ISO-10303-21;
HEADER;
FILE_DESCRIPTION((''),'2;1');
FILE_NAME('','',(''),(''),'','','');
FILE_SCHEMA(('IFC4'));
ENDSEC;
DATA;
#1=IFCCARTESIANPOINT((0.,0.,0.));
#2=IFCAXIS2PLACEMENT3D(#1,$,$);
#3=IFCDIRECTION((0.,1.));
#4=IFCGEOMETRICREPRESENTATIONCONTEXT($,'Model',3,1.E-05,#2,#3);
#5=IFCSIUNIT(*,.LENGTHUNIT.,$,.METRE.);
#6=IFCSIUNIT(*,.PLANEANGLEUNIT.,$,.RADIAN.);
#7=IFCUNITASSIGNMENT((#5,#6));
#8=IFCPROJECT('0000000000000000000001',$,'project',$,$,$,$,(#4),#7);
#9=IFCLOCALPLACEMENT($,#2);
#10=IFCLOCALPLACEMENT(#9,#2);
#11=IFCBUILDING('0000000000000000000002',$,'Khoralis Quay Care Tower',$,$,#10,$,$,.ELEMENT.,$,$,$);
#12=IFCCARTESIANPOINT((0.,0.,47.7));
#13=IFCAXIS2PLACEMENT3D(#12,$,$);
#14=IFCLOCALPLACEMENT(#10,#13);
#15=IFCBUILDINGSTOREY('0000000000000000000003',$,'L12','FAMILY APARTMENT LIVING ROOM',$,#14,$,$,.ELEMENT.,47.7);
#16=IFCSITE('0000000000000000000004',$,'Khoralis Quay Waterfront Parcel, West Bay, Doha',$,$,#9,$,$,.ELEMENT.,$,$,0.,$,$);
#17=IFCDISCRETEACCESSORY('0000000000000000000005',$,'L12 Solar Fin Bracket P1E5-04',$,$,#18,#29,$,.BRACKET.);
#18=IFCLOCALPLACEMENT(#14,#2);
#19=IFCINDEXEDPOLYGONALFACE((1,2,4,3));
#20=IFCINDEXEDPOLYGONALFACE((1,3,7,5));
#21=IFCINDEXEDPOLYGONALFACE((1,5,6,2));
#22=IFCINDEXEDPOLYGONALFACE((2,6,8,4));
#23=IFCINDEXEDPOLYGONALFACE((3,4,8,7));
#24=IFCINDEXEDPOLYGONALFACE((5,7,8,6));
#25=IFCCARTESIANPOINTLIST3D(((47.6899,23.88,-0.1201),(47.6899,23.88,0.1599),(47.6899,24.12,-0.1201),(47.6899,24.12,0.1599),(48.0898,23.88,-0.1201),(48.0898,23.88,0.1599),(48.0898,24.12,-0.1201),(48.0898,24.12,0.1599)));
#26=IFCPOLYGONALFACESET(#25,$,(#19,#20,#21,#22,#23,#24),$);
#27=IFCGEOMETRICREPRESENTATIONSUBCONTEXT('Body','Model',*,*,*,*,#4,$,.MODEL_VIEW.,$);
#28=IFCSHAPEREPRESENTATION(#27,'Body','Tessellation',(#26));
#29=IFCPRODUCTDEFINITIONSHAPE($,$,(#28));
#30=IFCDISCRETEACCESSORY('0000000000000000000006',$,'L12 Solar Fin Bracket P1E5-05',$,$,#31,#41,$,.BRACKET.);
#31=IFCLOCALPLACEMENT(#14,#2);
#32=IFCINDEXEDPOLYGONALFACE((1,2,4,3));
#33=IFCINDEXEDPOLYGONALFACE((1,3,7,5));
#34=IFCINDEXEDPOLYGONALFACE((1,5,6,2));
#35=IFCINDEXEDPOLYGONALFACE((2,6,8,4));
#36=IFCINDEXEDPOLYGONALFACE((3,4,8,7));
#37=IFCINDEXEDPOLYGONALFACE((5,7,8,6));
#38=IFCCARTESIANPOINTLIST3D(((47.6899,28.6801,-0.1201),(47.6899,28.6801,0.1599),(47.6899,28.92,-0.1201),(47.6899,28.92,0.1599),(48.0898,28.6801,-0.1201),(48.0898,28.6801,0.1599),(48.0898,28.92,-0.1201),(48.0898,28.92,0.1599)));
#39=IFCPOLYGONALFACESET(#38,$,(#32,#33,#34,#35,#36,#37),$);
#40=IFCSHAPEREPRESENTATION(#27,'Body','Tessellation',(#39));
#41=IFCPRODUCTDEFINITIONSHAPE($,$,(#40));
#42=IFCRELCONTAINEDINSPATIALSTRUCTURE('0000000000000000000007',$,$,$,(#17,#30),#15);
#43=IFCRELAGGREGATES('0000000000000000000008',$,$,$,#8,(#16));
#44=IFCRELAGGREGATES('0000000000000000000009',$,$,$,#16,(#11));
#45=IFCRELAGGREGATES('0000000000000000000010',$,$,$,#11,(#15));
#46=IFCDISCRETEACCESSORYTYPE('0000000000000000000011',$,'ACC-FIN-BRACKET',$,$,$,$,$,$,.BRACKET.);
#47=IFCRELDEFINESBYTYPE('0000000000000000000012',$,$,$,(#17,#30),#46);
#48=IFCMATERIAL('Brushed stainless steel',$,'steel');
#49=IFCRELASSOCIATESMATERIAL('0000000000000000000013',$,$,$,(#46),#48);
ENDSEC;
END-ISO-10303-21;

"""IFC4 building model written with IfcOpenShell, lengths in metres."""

from ifc_helpers import new_model, si_unit, direction, frame, origin, origin_2d, place, context, subcontext, project, spatial, rectangle, extrude, source, transform, mapped, material, type_object, element, save


model = new_model("IFC4")

# Units and contexts
model_context = context("Model", 3, precision=1e-05, world=origin(), true_north=direction((0.0, 1.0)))
body_context = subcontext(model_context, "Body", "Model", "MODEL_VIEW")
ifc_project = project(units=[si_unit("LENGTHUNIT", "METRE"), si_unit("PLANEANGLEUNIT", "RADIAN")], contexts=[model_context])

# Site, building, storey
site_placement = place(None, origin())
site = spatial("IfcSite", under=ifc_project, at=site_placement, Name="Khoralis Quay Waterfront Parcel, West Bay, Doha", CompositionType="ELEMENT", RefElevation=0.0)
building_placement = place(site_placement, origin())
building = spatial("IfcBuilding", under=site, at=building_placement, Name="Khoralis Quay Care Tower", CompositionType="ELEMENT")
storey_placement = place(building_placement, frame((0.0, 0.0, 47.7)))
storey = spatial("IfcBuildingStorey", under=building, at=storey_placement, Name="L12", Description="FAMILY APARTMENT LIVING ROOM", CompositionType="ELEMENT", Elevation=47.7)

# Discrete accessories
ifc_material_1 = material(Name="Brushed stainless steel", Category="steel")
discrete_accessory_type = type_object("IfcDiscreteAccessoryType", Name="ACC-FIN-BRACKET", PredefinedType="BRACKET", material=ifc_material_1)
shared_shape_1 = source(origin(), body_context, "Body", "SweptSolid", [
    extrude(rectangle(XDim=0.3999, YDim=0.24, at=origin_2d()), origin(), (0.0, 0.0, 1.0), 0.28),
])
for number, where, z_axis, x_axis, name in (
    (1, (47.8899, 24.0, -0.1201), (0.0, 0.0, 1.0), (1.0, 0.0, 0.0), "L12 Solar Fin Bracket P1E5-04"),
    (2, (47.8899, 28.8, -0.1201), (0.0, 0.0, 1.0), (1.0, 0.0, 0.0), "L12 Solar Fin Bracket P1E5-05"),
):
    element("IfcDiscreteAccessory", number, at=place(storey_placement, frame(where, z_axis=z_axis, x_axis=x_axis)), inside=storey, type_object=discrete_accessory_type, Name=name, PredefinedType="BRACKET", context=body_context, shape_type="MappedRepresentation", body=[
        mapped(shared_shape_1, transform((0.0, 0.0, 0.0), scale=1.0)),
    ])

save(model, "model.ifc")
